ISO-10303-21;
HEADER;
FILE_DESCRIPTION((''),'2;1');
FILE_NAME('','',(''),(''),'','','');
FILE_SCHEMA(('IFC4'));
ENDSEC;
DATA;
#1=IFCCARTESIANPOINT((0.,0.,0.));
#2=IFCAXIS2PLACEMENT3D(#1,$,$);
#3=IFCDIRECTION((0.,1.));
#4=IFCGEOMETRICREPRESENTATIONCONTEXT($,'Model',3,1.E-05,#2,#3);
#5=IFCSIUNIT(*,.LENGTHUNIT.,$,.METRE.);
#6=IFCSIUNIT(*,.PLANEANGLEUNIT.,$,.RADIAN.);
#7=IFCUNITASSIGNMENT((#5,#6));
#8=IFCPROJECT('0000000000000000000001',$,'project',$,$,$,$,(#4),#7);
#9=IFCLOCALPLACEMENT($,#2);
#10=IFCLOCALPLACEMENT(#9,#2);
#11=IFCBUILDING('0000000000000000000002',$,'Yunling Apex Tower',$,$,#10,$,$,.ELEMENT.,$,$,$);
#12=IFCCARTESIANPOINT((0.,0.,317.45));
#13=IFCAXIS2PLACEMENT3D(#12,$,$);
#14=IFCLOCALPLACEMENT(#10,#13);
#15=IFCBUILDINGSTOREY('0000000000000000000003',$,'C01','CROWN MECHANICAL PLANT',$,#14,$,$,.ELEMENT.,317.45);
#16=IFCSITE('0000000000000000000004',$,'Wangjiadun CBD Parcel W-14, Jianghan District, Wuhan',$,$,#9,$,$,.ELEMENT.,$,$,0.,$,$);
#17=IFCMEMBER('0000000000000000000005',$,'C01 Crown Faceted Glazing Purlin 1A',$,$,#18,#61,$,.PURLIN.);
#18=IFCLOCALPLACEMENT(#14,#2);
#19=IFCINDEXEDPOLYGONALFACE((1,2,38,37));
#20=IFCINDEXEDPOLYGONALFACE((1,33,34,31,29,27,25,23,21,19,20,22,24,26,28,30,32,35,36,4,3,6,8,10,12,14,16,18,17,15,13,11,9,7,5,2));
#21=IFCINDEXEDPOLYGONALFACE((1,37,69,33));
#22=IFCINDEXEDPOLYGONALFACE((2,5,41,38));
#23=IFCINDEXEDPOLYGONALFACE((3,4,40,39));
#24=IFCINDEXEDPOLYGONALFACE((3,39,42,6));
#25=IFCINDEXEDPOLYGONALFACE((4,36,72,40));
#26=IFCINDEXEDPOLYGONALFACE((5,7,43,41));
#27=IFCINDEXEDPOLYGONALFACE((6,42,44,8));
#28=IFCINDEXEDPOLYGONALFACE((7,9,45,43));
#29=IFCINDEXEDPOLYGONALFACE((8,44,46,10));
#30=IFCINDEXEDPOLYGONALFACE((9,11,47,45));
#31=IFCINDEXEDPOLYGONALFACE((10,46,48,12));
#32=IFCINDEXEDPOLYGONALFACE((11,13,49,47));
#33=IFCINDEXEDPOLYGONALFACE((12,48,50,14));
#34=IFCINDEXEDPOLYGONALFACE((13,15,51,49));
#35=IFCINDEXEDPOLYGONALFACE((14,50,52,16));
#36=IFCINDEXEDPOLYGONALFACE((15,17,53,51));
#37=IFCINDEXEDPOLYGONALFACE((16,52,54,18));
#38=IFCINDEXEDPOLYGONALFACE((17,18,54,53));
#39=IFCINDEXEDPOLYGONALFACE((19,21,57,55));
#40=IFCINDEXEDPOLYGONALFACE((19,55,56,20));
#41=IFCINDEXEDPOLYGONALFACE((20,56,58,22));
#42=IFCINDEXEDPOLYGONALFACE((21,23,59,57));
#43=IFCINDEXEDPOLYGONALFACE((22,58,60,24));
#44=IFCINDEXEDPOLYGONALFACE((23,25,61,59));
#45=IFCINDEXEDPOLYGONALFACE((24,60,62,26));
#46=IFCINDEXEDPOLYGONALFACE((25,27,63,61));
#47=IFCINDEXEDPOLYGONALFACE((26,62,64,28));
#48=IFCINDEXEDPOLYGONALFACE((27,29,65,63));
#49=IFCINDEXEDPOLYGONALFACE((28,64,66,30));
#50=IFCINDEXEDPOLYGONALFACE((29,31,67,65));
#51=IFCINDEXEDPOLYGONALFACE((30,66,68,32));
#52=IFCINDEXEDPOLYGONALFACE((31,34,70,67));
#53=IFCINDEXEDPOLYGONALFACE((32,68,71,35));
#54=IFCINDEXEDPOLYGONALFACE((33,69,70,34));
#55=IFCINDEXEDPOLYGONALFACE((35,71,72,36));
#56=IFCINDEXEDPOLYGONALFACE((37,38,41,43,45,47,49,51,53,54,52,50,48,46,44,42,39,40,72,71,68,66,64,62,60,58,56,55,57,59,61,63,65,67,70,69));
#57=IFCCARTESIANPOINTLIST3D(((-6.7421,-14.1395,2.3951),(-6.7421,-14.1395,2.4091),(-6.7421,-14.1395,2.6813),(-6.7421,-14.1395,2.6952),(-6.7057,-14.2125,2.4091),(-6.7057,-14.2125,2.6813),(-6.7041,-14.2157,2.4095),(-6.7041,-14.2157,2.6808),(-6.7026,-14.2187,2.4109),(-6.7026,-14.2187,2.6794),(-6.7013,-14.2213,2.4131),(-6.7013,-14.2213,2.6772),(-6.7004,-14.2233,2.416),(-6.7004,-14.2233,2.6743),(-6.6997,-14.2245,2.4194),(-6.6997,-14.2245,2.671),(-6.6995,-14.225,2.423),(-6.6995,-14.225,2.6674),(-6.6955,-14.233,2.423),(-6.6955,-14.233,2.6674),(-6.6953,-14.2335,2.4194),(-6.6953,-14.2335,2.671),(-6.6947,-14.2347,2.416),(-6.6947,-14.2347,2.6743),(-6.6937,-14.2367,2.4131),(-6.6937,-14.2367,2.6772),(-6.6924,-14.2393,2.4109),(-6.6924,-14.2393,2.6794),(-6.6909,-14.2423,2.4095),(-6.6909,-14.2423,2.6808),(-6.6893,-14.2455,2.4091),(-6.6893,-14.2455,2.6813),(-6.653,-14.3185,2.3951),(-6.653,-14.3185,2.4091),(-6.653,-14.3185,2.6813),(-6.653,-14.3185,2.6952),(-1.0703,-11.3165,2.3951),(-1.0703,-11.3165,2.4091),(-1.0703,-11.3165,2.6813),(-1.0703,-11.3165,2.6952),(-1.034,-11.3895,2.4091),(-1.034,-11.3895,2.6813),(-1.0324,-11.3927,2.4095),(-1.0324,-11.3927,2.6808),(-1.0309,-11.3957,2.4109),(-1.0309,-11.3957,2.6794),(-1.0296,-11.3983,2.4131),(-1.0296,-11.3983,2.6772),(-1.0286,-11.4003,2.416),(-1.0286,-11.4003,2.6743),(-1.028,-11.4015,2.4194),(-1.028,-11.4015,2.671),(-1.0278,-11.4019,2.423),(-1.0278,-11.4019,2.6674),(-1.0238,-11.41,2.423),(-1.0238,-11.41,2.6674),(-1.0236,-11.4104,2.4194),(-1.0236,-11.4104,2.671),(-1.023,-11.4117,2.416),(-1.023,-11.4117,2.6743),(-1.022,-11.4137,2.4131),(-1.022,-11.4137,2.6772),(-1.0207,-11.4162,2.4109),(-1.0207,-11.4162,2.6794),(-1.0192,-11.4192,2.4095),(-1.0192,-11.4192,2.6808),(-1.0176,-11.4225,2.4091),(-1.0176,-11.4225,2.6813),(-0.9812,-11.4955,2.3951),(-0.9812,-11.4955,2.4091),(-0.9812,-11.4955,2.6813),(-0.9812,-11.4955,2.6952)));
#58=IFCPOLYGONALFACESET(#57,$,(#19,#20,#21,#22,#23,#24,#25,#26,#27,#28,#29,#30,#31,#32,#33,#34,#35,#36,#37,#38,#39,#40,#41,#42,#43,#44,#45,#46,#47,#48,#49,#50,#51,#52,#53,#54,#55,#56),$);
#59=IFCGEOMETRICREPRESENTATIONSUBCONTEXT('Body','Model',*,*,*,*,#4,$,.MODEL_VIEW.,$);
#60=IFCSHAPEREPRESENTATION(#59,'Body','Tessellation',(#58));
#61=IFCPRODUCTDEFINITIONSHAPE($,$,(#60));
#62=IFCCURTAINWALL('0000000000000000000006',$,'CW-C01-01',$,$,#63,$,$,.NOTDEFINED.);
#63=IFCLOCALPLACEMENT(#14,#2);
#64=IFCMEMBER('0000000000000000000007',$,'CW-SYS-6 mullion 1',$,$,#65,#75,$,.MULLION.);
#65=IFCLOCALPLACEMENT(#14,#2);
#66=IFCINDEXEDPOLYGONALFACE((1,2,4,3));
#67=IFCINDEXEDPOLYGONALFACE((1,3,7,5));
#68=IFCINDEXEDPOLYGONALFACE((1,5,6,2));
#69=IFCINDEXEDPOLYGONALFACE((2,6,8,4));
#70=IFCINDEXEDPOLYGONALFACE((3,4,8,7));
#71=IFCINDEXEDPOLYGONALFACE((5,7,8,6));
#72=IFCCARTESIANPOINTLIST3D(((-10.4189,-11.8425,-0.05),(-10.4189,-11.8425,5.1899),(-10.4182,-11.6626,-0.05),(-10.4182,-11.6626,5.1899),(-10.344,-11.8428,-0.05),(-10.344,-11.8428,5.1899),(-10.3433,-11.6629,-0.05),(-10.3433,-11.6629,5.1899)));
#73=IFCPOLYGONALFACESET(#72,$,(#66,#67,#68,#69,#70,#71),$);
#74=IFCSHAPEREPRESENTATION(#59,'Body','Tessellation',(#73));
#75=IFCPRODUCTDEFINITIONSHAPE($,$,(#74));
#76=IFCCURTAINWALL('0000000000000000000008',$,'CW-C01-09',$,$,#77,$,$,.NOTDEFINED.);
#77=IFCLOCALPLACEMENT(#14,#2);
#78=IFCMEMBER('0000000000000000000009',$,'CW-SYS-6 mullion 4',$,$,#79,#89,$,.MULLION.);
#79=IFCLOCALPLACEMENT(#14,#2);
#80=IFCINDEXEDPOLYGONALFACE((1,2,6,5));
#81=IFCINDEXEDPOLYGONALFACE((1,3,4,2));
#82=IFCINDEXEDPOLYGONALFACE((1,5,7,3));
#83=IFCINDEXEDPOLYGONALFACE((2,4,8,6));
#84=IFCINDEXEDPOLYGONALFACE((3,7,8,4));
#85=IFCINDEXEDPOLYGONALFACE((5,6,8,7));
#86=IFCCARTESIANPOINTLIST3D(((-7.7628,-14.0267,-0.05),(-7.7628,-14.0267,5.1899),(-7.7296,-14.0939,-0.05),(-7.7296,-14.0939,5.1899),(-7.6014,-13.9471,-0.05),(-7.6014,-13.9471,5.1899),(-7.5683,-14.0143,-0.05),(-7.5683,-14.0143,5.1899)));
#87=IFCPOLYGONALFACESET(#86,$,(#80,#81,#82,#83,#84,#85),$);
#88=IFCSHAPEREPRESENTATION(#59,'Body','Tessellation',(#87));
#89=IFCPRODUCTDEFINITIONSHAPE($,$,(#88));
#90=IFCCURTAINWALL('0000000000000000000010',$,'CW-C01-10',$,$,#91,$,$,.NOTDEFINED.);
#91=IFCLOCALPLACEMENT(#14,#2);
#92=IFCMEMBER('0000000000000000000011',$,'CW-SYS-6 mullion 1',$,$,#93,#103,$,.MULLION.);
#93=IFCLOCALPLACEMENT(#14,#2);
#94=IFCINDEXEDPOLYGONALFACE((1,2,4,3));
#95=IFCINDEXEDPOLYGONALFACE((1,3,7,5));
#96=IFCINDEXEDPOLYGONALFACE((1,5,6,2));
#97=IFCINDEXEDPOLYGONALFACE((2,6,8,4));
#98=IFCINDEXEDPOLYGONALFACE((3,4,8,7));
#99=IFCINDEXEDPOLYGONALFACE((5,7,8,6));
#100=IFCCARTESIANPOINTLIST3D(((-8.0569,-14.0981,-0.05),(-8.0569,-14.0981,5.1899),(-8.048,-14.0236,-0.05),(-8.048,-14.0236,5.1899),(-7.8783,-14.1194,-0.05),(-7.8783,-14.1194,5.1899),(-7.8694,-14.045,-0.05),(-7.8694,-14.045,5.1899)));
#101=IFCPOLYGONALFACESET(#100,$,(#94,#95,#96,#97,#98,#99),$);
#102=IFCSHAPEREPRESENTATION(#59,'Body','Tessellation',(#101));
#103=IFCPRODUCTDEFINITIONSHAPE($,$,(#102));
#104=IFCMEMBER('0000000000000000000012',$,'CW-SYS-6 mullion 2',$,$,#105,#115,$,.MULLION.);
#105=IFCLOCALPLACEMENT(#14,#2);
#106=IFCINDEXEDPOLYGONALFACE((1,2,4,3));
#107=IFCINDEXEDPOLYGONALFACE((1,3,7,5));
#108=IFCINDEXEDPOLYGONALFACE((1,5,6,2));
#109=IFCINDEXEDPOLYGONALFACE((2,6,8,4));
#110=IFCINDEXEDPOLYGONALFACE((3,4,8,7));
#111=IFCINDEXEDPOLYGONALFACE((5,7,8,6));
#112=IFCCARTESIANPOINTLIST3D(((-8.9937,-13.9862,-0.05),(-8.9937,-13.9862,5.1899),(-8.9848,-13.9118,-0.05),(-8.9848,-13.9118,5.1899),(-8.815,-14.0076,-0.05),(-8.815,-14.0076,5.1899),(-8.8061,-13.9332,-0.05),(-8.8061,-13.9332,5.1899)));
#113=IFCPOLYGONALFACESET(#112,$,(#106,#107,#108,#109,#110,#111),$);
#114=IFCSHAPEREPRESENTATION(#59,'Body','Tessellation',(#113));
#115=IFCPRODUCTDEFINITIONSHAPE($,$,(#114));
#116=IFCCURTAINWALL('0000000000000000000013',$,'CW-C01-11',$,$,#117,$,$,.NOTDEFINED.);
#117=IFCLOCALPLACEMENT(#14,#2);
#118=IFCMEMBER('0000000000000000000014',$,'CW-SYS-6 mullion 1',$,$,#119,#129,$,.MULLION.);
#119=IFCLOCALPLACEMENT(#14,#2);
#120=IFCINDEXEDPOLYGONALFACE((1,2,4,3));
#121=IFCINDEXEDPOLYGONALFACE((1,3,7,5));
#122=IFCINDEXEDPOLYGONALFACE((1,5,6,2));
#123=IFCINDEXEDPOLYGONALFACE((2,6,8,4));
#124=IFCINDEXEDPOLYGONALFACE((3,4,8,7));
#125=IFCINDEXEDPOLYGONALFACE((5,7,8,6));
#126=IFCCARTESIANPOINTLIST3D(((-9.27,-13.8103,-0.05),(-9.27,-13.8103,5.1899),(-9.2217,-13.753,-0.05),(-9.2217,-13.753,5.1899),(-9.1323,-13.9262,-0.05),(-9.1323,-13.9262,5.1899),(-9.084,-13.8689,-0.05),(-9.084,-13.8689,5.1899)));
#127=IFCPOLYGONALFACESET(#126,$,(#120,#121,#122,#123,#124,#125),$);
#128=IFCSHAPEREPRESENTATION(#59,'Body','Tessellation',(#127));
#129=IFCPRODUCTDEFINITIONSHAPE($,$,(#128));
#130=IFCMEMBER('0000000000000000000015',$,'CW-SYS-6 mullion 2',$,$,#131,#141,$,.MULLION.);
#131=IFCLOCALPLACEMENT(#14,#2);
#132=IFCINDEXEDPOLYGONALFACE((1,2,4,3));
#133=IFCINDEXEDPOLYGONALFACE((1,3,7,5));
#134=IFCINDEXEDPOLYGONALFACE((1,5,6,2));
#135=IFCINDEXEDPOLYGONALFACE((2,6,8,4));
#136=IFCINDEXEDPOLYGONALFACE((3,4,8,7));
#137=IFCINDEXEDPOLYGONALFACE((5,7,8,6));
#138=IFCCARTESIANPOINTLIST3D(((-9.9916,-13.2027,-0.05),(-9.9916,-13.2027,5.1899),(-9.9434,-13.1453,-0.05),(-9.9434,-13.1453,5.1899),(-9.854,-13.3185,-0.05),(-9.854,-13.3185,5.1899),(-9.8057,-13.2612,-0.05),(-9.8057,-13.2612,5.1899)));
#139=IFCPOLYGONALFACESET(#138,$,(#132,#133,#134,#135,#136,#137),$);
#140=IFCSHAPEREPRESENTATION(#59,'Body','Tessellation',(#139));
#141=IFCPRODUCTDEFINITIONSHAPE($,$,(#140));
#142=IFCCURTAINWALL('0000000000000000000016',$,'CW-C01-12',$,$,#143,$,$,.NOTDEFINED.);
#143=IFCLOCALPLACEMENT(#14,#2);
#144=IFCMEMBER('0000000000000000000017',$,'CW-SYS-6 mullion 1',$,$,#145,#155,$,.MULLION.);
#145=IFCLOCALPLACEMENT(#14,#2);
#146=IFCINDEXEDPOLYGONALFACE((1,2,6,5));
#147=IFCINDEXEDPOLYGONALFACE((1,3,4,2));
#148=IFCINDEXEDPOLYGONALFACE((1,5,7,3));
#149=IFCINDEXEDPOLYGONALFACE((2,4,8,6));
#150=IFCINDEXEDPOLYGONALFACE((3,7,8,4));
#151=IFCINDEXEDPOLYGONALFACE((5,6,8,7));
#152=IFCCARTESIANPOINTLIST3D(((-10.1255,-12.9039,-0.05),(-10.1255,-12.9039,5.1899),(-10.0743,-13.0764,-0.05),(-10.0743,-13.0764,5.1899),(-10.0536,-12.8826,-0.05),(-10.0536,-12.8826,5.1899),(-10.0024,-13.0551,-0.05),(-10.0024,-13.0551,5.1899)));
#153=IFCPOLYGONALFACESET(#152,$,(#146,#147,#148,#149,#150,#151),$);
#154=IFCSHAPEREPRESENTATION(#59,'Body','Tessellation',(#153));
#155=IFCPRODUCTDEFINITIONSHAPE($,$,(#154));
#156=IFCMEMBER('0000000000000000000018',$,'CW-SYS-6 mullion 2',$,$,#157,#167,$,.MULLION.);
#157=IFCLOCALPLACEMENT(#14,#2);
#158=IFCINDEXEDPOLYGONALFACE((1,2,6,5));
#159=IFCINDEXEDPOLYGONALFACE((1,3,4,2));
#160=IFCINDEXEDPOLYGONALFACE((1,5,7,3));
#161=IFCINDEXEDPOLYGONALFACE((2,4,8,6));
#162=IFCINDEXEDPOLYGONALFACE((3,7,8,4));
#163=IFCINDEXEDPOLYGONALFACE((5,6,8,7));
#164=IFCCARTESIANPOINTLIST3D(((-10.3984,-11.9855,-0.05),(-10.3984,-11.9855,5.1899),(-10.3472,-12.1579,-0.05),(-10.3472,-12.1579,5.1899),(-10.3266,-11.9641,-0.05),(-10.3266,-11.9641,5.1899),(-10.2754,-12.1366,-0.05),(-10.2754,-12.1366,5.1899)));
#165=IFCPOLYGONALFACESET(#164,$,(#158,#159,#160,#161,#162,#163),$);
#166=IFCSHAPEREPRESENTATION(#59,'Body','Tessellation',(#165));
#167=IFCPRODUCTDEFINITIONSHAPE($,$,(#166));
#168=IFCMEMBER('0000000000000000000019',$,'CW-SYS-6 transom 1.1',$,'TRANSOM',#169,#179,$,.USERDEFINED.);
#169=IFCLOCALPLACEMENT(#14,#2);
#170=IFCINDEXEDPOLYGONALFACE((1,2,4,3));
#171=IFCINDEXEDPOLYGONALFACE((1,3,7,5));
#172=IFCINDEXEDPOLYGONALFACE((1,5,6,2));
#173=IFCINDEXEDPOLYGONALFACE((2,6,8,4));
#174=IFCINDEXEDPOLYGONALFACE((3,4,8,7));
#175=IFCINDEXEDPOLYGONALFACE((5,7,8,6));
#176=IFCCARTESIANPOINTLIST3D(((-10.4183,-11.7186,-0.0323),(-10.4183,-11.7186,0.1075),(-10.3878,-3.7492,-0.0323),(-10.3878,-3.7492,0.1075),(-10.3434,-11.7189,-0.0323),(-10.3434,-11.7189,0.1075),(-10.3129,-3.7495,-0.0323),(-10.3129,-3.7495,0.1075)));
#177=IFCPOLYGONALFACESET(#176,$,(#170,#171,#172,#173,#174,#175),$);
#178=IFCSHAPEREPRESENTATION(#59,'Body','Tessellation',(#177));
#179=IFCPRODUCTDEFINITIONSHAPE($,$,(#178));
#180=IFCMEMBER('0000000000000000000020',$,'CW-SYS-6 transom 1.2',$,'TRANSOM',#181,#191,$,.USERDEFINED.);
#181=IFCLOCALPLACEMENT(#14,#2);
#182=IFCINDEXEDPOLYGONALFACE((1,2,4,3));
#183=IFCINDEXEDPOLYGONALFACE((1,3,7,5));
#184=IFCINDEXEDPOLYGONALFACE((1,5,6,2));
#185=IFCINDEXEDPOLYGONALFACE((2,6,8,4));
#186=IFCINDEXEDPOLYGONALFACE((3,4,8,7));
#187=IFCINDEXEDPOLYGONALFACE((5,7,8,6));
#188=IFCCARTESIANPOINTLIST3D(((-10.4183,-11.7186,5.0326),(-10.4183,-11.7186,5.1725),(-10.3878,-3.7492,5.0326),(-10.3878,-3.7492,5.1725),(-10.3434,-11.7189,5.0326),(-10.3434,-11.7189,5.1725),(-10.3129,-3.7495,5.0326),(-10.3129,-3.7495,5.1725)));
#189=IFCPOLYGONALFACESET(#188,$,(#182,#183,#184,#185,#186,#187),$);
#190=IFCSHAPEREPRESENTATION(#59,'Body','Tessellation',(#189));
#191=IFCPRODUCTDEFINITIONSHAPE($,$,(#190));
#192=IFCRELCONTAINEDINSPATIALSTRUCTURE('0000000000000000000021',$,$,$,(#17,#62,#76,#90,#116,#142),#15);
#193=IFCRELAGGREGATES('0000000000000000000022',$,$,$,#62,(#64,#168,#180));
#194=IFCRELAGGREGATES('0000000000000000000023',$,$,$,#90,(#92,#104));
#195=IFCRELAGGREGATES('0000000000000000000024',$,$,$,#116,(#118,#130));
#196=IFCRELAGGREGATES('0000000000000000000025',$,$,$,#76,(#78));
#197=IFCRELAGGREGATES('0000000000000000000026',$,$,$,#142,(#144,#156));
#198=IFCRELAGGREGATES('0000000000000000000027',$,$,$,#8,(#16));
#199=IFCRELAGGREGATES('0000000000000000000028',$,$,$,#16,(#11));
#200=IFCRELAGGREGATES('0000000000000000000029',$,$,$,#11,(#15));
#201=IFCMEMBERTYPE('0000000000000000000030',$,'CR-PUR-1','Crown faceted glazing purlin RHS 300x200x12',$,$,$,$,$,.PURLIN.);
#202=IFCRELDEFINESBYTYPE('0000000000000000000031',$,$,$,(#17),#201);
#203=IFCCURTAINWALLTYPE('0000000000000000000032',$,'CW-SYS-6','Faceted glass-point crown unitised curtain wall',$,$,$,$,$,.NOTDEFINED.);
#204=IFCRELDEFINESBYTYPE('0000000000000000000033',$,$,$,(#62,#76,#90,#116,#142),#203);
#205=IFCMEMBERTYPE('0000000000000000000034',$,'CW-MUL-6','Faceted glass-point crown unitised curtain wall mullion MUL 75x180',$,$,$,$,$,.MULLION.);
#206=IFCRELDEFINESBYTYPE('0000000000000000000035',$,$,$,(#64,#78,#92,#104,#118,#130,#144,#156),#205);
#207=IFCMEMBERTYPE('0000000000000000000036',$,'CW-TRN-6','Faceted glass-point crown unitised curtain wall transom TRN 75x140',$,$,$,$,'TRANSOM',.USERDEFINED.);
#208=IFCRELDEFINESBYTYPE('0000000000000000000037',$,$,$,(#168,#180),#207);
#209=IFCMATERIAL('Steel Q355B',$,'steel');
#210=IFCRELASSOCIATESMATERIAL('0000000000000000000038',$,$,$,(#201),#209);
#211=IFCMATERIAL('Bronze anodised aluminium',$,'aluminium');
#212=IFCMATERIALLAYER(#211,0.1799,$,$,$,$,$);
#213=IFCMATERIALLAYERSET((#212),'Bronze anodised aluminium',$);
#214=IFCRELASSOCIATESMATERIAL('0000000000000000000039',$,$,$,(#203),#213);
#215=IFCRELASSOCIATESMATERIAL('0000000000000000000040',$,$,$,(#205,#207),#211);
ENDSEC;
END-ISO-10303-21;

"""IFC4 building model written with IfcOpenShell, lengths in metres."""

from ifc_helpers import new_model, si_unit, direction, frame, origin, origin_2d, place, context, subcontext, project, spatial, rectangle, i_section, extrude, source, transform, mapped, material, layer, layer_set, material_profile, profile_set, type_object, element, aggregate, save


model = new_model("IFC4")

# Units and contexts
model_context = context("Model", 3, precision=1e-05, world=origin(), true_north=direction((0.0, 1.0)))
body_context = subcontext(model_context, "Body", "Model", "MODEL_VIEW")
ifc_project = project(units=[si_unit("LENGTHUNIT", "METRE"), si_unit("PLANEANGLEUNIT", "RADIAN")], contexts=[model_context])

# Site, building, storey
site_placement = place(None, origin())
site = spatial("IfcSite", under=ifc_project, at=site_placement, Name="Wangjiadun CBD Parcel W-14, Jianghan District, Wuhan", CompositionType="ELEMENT", RefElevation=0.0)
building_placement = place(site_placement, origin())
building = spatial("IfcBuilding", under=site, at=building_placement, Name="Yunling Apex Tower", CompositionType="ELEMENT")
storey_placement = place(building_placement, frame((0.0, 0.0, 317.45)))
storey = spatial("IfcBuildingStorey", under=building, at=storey_placement, Name="C01", Description="CROWN MECHANICAL PLANT", CompositionType="ELEMENT", Elevation=317.45)

# Shared definitions
ifc_material_1 = material(Name="Steel Q355B", Category="steel")

# Member
ifc_material_profile_1 = material_profile(ifc_material_1, i_section(OverallWidth=0.2, OverallDepth=0.3, WebThickness=0.009, FlangeThickness=0.0139, FilletRadius=0.0139, at=origin_2d()))
ifc_profile_set_1 = profile_set([ifc_material_profile_1], Name="Steel Q355B")
member_type_1 = type_object("IfcMemberType", Name="CR-PUR-1", Description="Crown faceted glazing purlin RHS 300x200x12", PredefinedType="PURLIN", material=ifc_profile_set_1)
shared_shape_1 = source(origin(), body_context, "Body", "SweptSolid", [
    extrude(i_section(OverallWidth=0.2, OverallDepth=0.3, WebThickness=0.009, FlangeThickness=0.0139, FilletRadius=0.0139, at=origin_2d()), origin(), (0.0, 0.0, 1.0), 6.3354),
])
member_1_placement = place(storey_placement, frame((-6.6975, -14.229, 2.5452), z_axis=(0.895235, 0.445594, 0.0), x_axis=(-0.445594, 0.895235, 0.0)))
element("IfcMember", 1, at=member_1_placement, inside=storey, type_object=member_type_1, Name="C01 Crown Faceted Glazing Purlin 1A", PredefinedType="PURLIN", context=body_context, shape_type="MappedRepresentation", body=[
    mapped(shared_shape_1, transform((0.0, 0.0, 0.0), scale=1.0)),
])

# Curtain walls, members
ifc_material_2 = material(Name="Bronze anodised aluminium", Category="aluminium")
ifc_layer_1 = layer(ifc_material_2, 0.1799)
ifc_layer_set_1 = layer_set([ifc_layer_1], Name="Bronze anodised aluminium")
curtain_wall_type = type_object("IfcCurtainWallType", Name="CW-SYS-6", Description="Faceted glass-point crown unitised curtain wall", PredefinedType="NOTDEFINED", material=ifc_layer_set_1)
curtain_wall_1_placement = place(storey_placement, origin())
curtain_wall_1 = element("IfcCurtainWall", 2, at=curtain_wall_1_placement, inside=storey, type_object=curtain_wall_type, Name="CW-C01-01", PredefinedType="NOTDEFINED")
ifc_material_profile_2 = material_profile(ifc_material_2, rectangle(XDim=0.075, YDim=0.1799, at=origin_2d()))
ifc_profile_set_2 = profile_set([ifc_material_profile_2], Name="Bronze anodised aluminium")
member_type_2 = type_object("IfcMemberType", Name="CW-MUL-6", Description="Faceted glass-point crown unitised curtain wall mullion MUL 75x180", PredefinedType="MULLION", material=ifc_profile_set_2)
shared_shape_2 = source(origin(), body_context, "Body", "SweptSolid", [
    extrude(rectangle(XDim=0.075, YDim=0.1799, at=origin_2d()), origin(), (0.0, 0.0, 1.0), 5.24),
])
member_2_placement = place(storey_placement, frame((-10.3811, -11.7527, -0.05), z_axis=(0.0, 0.0, 1.0), x_axis=(-0.999993, 0.003847, 0.0)))
member_2 = element("IfcMember", 3, at=member_2_placement, type_object=member_type_2, Name="CW-SYS-6 mullion 1", PredefinedType="MULLION", context=body_context, shape_type="MappedRepresentation", body=[
    mapped(shared_shape_2, transform((0.0, 0.0, 0.0), scale=1.0)),
])
curtain_wall_2_placement = place(storey_placement, origin())
curtain_wall_2 = element("IfcCurtainWall", 4, at=curtain_wall_2_placement, inside=storey, type_object=curtain_wall_type, Name="CW-C01-09", PredefinedType="NOTDEFINED")
member_3_placement = place(storey_placement, frame((-7.6655, -14.0205, -0.05), z_axis=(0.0, 0.0, 1.0), x_axis=(0.442496, -0.89677, 0.0)))
member_3 = element("IfcMember", 5, at=member_3_placement, type_object=member_type_2, Name="CW-SYS-6 mullion 4", PredefinedType="MULLION", context=body_context, shape_type="MappedRepresentation", body=[
    mapped(shared_shape_2, transform((0.0, 0.0, 0.0), scale=1.0)),
])

# Curtain walls, members
curtain_wall_3_placement = place(storey_placement, origin())
curtain_wall_3 = element("IfcCurtainWall", 6, at=curtain_wall_3_placement, inside=storey, type_object=curtain_wall_type, Name="CW-C01-10", PredefinedType="NOTDEFINED")
member_4_placement = place(storey_placement, frame((-7.9631, -14.0715, -0.05), z_axis=(0.0, 0.0, 1.0), x_axis=(-0.118692, -0.992931, 0.0)))
member_4 = element("IfcMember", 7, at=member_4_placement, type_object=member_type_2, Name="CW-SYS-6 mullion 1", PredefinedType="MULLION", context=body_context, shape_type="MappedRepresentation", body=[
    mapped(shared_shape_2, transform((0.0, 0.0, 0.0), scale=1.0)),
])
member_5_placement = place(storey_placement, frame((-8.8999, -13.9597, -0.05), z_axis=(0.0, 0.0, 1.0), x_axis=(-0.118692, -0.992931, 0.0)))
member_5 = element("IfcMember", 8, at=member_5_placement, type_object=member_type_2, Name="CW-SYS-6 mullion 2", PredefinedType="MULLION", context=body_context, shape_type="MappedRepresentation", body=[
    mapped(shared_shape_2, transform((0.0, 0.0, 0.0), scale=1.0)),
])
curtain_wall_4_placement = place(storey_placement, origin())
curtain_wall_4 = element("IfcCurtainWall", 9, at=curtain_wall_4_placement, inside=storey, type_object=curtain_wall_type, Name="CW-C01-11", PredefinedType="NOTDEFINED")
member_6_placement = place(storey_placement, frame((-9.177, -13.8396, -0.05), z_axis=(0.0, 0.0, 1.0), x_axis=(-0.643982, -0.765041, 0.0)))
member_6 = element("IfcMember", 10, at=member_6_placement, type_object=member_type_2, Name="CW-SYS-6 mullion 1", PredefinedType="MULLION", context=body_context, shape_type="MappedRepresentation", body=[
    mapped(shared_shape_2, transform((0.0, 0.0, 0.0), scale=1.0)),
])
member_7_placement = place(storey_placement, frame((-9.8987, -13.2319, -0.05), z_axis=(0.0, 0.0, 1.0), x_axis=(-0.643982, -0.765041, 0.0)))
member_7 = element("IfcMember", 11, at=member_7_placement, type_object=member_type_2, Name="CW-SYS-6 mullion 2", PredefinedType="MULLION", context=body_context, shape_type="MappedRepresentation", body=[
    mapped(shared_shape_2, transform((0.0, 0.0, 0.0), scale=1.0)),
])
curtain_wall_5_placement = place(storey_placement, origin())
curtain_wall_5 = element("IfcCurtainWall", 12, at=curtain_wall_5_placement, inside=storey, type_object=curtain_wall_type, Name="CW-C01-12", PredefinedType="NOTDEFINED")
member_8_placement = place(storey_placement, frame((-10.064, -12.9795, -0.05), z_axis=(0.0, 0.0, 1.0), x_axis=(-0.958627, -0.284665, 0.0)))
member_8 = element("IfcMember", 13, at=member_8_placement, type_object=member_type_2, Name="CW-SYS-6 mullion 1", PredefinedType="MULLION", context=body_context, shape_type="MappedRepresentation", body=[
    mapped(shared_shape_2, transform((0.0, 0.0, 0.0), scale=1.0)),
])
member_9_placement = place(storey_placement, frame((-10.3369, -12.061, -0.05), z_axis=(0.0, 0.0, 1.0), x_axis=(-0.958627, -0.284665, 0.0)))
member_9 = element("IfcMember", 14, at=member_9_placement, type_object=member_type_2, Name="CW-SYS-6 mullion 2", PredefinedType="MULLION", context=body_context, shape_type="MappedRepresentation", body=[
    mapped(shared_shape_2, transform((0.0, 0.0, 0.0), scale=1.0)),
])

# Members
ifc_material_profile_3 = material_profile(ifc_material_2, rectangle(XDim=0.075, YDim=0.1399, at=origin_2d()))
ifc_profile_set_3 = profile_set([ifc_material_profile_3], Name="Bronze anodised aluminium")
member_type_3 = type_object("IfcMemberType", Name="CW-TRN-6", Description="Faceted glass-point crown unitised curtain wall transom TRN 75x140", ElementType="TRANSOM", PredefinedType="USERDEFINED", material=ifc_profile_set_3)
shared_shape_3 = source(origin(), body_context, "Body", "SweptSolid", [
    extrude(rectangle(XDim=0.075, YDim=0.1399, at=origin_2d()), origin(), (0.0, 0.0, 1.0), 7.9695),
])
member_10_placement = place(storey_placement, frame((-10.3809, -11.7188, 0.0376), z_axis=(0.003829, 0.999993, 0.0), x_axis=(-0.999993, 0.003829, 0.0)))
member_10 = element("IfcMember", 15, at=member_10_placement, type_object=member_type_3, Name="CW-SYS-6 transom 1.1", ObjectType="TRANSOM", PredefinedType="USERDEFINED", context=body_context, shape_type="MappedRepresentation", body=[
    mapped(shared_shape_3, transform((0.0, 0.0, 0.0), scale=1.0)),
])
member_11_placement = place(storey_placement, frame((-10.3809, -11.7188, 5.1025), z_axis=(0.003829, 0.999993, 0.0), x_axis=(-0.999993, 0.003829, 0.0)))
member_11 = element("IfcMember", 16, at=member_11_placement, type_object=member_type_3, Name="CW-SYS-6 transom 1.2", ObjectType="TRANSOM", PredefinedType="USERDEFINED", context=body_context, shape_type="MappedRepresentation", body=[
    mapped(shared_shape_3, transform((0.0, 0.0, 0.0), scale=1.0)),
])
aggregate(curtain_wall_1, [member_2, member_10, member_11])

aggregate(curtain_wall_3, [member_4, member_5])
aggregate(curtain_wall_4, [member_6, member_7])
aggregate(curtain_wall_2, [member_3])
aggregate(curtain_wall_5, [member_8, member_9])

save(model, "model.ifc")
